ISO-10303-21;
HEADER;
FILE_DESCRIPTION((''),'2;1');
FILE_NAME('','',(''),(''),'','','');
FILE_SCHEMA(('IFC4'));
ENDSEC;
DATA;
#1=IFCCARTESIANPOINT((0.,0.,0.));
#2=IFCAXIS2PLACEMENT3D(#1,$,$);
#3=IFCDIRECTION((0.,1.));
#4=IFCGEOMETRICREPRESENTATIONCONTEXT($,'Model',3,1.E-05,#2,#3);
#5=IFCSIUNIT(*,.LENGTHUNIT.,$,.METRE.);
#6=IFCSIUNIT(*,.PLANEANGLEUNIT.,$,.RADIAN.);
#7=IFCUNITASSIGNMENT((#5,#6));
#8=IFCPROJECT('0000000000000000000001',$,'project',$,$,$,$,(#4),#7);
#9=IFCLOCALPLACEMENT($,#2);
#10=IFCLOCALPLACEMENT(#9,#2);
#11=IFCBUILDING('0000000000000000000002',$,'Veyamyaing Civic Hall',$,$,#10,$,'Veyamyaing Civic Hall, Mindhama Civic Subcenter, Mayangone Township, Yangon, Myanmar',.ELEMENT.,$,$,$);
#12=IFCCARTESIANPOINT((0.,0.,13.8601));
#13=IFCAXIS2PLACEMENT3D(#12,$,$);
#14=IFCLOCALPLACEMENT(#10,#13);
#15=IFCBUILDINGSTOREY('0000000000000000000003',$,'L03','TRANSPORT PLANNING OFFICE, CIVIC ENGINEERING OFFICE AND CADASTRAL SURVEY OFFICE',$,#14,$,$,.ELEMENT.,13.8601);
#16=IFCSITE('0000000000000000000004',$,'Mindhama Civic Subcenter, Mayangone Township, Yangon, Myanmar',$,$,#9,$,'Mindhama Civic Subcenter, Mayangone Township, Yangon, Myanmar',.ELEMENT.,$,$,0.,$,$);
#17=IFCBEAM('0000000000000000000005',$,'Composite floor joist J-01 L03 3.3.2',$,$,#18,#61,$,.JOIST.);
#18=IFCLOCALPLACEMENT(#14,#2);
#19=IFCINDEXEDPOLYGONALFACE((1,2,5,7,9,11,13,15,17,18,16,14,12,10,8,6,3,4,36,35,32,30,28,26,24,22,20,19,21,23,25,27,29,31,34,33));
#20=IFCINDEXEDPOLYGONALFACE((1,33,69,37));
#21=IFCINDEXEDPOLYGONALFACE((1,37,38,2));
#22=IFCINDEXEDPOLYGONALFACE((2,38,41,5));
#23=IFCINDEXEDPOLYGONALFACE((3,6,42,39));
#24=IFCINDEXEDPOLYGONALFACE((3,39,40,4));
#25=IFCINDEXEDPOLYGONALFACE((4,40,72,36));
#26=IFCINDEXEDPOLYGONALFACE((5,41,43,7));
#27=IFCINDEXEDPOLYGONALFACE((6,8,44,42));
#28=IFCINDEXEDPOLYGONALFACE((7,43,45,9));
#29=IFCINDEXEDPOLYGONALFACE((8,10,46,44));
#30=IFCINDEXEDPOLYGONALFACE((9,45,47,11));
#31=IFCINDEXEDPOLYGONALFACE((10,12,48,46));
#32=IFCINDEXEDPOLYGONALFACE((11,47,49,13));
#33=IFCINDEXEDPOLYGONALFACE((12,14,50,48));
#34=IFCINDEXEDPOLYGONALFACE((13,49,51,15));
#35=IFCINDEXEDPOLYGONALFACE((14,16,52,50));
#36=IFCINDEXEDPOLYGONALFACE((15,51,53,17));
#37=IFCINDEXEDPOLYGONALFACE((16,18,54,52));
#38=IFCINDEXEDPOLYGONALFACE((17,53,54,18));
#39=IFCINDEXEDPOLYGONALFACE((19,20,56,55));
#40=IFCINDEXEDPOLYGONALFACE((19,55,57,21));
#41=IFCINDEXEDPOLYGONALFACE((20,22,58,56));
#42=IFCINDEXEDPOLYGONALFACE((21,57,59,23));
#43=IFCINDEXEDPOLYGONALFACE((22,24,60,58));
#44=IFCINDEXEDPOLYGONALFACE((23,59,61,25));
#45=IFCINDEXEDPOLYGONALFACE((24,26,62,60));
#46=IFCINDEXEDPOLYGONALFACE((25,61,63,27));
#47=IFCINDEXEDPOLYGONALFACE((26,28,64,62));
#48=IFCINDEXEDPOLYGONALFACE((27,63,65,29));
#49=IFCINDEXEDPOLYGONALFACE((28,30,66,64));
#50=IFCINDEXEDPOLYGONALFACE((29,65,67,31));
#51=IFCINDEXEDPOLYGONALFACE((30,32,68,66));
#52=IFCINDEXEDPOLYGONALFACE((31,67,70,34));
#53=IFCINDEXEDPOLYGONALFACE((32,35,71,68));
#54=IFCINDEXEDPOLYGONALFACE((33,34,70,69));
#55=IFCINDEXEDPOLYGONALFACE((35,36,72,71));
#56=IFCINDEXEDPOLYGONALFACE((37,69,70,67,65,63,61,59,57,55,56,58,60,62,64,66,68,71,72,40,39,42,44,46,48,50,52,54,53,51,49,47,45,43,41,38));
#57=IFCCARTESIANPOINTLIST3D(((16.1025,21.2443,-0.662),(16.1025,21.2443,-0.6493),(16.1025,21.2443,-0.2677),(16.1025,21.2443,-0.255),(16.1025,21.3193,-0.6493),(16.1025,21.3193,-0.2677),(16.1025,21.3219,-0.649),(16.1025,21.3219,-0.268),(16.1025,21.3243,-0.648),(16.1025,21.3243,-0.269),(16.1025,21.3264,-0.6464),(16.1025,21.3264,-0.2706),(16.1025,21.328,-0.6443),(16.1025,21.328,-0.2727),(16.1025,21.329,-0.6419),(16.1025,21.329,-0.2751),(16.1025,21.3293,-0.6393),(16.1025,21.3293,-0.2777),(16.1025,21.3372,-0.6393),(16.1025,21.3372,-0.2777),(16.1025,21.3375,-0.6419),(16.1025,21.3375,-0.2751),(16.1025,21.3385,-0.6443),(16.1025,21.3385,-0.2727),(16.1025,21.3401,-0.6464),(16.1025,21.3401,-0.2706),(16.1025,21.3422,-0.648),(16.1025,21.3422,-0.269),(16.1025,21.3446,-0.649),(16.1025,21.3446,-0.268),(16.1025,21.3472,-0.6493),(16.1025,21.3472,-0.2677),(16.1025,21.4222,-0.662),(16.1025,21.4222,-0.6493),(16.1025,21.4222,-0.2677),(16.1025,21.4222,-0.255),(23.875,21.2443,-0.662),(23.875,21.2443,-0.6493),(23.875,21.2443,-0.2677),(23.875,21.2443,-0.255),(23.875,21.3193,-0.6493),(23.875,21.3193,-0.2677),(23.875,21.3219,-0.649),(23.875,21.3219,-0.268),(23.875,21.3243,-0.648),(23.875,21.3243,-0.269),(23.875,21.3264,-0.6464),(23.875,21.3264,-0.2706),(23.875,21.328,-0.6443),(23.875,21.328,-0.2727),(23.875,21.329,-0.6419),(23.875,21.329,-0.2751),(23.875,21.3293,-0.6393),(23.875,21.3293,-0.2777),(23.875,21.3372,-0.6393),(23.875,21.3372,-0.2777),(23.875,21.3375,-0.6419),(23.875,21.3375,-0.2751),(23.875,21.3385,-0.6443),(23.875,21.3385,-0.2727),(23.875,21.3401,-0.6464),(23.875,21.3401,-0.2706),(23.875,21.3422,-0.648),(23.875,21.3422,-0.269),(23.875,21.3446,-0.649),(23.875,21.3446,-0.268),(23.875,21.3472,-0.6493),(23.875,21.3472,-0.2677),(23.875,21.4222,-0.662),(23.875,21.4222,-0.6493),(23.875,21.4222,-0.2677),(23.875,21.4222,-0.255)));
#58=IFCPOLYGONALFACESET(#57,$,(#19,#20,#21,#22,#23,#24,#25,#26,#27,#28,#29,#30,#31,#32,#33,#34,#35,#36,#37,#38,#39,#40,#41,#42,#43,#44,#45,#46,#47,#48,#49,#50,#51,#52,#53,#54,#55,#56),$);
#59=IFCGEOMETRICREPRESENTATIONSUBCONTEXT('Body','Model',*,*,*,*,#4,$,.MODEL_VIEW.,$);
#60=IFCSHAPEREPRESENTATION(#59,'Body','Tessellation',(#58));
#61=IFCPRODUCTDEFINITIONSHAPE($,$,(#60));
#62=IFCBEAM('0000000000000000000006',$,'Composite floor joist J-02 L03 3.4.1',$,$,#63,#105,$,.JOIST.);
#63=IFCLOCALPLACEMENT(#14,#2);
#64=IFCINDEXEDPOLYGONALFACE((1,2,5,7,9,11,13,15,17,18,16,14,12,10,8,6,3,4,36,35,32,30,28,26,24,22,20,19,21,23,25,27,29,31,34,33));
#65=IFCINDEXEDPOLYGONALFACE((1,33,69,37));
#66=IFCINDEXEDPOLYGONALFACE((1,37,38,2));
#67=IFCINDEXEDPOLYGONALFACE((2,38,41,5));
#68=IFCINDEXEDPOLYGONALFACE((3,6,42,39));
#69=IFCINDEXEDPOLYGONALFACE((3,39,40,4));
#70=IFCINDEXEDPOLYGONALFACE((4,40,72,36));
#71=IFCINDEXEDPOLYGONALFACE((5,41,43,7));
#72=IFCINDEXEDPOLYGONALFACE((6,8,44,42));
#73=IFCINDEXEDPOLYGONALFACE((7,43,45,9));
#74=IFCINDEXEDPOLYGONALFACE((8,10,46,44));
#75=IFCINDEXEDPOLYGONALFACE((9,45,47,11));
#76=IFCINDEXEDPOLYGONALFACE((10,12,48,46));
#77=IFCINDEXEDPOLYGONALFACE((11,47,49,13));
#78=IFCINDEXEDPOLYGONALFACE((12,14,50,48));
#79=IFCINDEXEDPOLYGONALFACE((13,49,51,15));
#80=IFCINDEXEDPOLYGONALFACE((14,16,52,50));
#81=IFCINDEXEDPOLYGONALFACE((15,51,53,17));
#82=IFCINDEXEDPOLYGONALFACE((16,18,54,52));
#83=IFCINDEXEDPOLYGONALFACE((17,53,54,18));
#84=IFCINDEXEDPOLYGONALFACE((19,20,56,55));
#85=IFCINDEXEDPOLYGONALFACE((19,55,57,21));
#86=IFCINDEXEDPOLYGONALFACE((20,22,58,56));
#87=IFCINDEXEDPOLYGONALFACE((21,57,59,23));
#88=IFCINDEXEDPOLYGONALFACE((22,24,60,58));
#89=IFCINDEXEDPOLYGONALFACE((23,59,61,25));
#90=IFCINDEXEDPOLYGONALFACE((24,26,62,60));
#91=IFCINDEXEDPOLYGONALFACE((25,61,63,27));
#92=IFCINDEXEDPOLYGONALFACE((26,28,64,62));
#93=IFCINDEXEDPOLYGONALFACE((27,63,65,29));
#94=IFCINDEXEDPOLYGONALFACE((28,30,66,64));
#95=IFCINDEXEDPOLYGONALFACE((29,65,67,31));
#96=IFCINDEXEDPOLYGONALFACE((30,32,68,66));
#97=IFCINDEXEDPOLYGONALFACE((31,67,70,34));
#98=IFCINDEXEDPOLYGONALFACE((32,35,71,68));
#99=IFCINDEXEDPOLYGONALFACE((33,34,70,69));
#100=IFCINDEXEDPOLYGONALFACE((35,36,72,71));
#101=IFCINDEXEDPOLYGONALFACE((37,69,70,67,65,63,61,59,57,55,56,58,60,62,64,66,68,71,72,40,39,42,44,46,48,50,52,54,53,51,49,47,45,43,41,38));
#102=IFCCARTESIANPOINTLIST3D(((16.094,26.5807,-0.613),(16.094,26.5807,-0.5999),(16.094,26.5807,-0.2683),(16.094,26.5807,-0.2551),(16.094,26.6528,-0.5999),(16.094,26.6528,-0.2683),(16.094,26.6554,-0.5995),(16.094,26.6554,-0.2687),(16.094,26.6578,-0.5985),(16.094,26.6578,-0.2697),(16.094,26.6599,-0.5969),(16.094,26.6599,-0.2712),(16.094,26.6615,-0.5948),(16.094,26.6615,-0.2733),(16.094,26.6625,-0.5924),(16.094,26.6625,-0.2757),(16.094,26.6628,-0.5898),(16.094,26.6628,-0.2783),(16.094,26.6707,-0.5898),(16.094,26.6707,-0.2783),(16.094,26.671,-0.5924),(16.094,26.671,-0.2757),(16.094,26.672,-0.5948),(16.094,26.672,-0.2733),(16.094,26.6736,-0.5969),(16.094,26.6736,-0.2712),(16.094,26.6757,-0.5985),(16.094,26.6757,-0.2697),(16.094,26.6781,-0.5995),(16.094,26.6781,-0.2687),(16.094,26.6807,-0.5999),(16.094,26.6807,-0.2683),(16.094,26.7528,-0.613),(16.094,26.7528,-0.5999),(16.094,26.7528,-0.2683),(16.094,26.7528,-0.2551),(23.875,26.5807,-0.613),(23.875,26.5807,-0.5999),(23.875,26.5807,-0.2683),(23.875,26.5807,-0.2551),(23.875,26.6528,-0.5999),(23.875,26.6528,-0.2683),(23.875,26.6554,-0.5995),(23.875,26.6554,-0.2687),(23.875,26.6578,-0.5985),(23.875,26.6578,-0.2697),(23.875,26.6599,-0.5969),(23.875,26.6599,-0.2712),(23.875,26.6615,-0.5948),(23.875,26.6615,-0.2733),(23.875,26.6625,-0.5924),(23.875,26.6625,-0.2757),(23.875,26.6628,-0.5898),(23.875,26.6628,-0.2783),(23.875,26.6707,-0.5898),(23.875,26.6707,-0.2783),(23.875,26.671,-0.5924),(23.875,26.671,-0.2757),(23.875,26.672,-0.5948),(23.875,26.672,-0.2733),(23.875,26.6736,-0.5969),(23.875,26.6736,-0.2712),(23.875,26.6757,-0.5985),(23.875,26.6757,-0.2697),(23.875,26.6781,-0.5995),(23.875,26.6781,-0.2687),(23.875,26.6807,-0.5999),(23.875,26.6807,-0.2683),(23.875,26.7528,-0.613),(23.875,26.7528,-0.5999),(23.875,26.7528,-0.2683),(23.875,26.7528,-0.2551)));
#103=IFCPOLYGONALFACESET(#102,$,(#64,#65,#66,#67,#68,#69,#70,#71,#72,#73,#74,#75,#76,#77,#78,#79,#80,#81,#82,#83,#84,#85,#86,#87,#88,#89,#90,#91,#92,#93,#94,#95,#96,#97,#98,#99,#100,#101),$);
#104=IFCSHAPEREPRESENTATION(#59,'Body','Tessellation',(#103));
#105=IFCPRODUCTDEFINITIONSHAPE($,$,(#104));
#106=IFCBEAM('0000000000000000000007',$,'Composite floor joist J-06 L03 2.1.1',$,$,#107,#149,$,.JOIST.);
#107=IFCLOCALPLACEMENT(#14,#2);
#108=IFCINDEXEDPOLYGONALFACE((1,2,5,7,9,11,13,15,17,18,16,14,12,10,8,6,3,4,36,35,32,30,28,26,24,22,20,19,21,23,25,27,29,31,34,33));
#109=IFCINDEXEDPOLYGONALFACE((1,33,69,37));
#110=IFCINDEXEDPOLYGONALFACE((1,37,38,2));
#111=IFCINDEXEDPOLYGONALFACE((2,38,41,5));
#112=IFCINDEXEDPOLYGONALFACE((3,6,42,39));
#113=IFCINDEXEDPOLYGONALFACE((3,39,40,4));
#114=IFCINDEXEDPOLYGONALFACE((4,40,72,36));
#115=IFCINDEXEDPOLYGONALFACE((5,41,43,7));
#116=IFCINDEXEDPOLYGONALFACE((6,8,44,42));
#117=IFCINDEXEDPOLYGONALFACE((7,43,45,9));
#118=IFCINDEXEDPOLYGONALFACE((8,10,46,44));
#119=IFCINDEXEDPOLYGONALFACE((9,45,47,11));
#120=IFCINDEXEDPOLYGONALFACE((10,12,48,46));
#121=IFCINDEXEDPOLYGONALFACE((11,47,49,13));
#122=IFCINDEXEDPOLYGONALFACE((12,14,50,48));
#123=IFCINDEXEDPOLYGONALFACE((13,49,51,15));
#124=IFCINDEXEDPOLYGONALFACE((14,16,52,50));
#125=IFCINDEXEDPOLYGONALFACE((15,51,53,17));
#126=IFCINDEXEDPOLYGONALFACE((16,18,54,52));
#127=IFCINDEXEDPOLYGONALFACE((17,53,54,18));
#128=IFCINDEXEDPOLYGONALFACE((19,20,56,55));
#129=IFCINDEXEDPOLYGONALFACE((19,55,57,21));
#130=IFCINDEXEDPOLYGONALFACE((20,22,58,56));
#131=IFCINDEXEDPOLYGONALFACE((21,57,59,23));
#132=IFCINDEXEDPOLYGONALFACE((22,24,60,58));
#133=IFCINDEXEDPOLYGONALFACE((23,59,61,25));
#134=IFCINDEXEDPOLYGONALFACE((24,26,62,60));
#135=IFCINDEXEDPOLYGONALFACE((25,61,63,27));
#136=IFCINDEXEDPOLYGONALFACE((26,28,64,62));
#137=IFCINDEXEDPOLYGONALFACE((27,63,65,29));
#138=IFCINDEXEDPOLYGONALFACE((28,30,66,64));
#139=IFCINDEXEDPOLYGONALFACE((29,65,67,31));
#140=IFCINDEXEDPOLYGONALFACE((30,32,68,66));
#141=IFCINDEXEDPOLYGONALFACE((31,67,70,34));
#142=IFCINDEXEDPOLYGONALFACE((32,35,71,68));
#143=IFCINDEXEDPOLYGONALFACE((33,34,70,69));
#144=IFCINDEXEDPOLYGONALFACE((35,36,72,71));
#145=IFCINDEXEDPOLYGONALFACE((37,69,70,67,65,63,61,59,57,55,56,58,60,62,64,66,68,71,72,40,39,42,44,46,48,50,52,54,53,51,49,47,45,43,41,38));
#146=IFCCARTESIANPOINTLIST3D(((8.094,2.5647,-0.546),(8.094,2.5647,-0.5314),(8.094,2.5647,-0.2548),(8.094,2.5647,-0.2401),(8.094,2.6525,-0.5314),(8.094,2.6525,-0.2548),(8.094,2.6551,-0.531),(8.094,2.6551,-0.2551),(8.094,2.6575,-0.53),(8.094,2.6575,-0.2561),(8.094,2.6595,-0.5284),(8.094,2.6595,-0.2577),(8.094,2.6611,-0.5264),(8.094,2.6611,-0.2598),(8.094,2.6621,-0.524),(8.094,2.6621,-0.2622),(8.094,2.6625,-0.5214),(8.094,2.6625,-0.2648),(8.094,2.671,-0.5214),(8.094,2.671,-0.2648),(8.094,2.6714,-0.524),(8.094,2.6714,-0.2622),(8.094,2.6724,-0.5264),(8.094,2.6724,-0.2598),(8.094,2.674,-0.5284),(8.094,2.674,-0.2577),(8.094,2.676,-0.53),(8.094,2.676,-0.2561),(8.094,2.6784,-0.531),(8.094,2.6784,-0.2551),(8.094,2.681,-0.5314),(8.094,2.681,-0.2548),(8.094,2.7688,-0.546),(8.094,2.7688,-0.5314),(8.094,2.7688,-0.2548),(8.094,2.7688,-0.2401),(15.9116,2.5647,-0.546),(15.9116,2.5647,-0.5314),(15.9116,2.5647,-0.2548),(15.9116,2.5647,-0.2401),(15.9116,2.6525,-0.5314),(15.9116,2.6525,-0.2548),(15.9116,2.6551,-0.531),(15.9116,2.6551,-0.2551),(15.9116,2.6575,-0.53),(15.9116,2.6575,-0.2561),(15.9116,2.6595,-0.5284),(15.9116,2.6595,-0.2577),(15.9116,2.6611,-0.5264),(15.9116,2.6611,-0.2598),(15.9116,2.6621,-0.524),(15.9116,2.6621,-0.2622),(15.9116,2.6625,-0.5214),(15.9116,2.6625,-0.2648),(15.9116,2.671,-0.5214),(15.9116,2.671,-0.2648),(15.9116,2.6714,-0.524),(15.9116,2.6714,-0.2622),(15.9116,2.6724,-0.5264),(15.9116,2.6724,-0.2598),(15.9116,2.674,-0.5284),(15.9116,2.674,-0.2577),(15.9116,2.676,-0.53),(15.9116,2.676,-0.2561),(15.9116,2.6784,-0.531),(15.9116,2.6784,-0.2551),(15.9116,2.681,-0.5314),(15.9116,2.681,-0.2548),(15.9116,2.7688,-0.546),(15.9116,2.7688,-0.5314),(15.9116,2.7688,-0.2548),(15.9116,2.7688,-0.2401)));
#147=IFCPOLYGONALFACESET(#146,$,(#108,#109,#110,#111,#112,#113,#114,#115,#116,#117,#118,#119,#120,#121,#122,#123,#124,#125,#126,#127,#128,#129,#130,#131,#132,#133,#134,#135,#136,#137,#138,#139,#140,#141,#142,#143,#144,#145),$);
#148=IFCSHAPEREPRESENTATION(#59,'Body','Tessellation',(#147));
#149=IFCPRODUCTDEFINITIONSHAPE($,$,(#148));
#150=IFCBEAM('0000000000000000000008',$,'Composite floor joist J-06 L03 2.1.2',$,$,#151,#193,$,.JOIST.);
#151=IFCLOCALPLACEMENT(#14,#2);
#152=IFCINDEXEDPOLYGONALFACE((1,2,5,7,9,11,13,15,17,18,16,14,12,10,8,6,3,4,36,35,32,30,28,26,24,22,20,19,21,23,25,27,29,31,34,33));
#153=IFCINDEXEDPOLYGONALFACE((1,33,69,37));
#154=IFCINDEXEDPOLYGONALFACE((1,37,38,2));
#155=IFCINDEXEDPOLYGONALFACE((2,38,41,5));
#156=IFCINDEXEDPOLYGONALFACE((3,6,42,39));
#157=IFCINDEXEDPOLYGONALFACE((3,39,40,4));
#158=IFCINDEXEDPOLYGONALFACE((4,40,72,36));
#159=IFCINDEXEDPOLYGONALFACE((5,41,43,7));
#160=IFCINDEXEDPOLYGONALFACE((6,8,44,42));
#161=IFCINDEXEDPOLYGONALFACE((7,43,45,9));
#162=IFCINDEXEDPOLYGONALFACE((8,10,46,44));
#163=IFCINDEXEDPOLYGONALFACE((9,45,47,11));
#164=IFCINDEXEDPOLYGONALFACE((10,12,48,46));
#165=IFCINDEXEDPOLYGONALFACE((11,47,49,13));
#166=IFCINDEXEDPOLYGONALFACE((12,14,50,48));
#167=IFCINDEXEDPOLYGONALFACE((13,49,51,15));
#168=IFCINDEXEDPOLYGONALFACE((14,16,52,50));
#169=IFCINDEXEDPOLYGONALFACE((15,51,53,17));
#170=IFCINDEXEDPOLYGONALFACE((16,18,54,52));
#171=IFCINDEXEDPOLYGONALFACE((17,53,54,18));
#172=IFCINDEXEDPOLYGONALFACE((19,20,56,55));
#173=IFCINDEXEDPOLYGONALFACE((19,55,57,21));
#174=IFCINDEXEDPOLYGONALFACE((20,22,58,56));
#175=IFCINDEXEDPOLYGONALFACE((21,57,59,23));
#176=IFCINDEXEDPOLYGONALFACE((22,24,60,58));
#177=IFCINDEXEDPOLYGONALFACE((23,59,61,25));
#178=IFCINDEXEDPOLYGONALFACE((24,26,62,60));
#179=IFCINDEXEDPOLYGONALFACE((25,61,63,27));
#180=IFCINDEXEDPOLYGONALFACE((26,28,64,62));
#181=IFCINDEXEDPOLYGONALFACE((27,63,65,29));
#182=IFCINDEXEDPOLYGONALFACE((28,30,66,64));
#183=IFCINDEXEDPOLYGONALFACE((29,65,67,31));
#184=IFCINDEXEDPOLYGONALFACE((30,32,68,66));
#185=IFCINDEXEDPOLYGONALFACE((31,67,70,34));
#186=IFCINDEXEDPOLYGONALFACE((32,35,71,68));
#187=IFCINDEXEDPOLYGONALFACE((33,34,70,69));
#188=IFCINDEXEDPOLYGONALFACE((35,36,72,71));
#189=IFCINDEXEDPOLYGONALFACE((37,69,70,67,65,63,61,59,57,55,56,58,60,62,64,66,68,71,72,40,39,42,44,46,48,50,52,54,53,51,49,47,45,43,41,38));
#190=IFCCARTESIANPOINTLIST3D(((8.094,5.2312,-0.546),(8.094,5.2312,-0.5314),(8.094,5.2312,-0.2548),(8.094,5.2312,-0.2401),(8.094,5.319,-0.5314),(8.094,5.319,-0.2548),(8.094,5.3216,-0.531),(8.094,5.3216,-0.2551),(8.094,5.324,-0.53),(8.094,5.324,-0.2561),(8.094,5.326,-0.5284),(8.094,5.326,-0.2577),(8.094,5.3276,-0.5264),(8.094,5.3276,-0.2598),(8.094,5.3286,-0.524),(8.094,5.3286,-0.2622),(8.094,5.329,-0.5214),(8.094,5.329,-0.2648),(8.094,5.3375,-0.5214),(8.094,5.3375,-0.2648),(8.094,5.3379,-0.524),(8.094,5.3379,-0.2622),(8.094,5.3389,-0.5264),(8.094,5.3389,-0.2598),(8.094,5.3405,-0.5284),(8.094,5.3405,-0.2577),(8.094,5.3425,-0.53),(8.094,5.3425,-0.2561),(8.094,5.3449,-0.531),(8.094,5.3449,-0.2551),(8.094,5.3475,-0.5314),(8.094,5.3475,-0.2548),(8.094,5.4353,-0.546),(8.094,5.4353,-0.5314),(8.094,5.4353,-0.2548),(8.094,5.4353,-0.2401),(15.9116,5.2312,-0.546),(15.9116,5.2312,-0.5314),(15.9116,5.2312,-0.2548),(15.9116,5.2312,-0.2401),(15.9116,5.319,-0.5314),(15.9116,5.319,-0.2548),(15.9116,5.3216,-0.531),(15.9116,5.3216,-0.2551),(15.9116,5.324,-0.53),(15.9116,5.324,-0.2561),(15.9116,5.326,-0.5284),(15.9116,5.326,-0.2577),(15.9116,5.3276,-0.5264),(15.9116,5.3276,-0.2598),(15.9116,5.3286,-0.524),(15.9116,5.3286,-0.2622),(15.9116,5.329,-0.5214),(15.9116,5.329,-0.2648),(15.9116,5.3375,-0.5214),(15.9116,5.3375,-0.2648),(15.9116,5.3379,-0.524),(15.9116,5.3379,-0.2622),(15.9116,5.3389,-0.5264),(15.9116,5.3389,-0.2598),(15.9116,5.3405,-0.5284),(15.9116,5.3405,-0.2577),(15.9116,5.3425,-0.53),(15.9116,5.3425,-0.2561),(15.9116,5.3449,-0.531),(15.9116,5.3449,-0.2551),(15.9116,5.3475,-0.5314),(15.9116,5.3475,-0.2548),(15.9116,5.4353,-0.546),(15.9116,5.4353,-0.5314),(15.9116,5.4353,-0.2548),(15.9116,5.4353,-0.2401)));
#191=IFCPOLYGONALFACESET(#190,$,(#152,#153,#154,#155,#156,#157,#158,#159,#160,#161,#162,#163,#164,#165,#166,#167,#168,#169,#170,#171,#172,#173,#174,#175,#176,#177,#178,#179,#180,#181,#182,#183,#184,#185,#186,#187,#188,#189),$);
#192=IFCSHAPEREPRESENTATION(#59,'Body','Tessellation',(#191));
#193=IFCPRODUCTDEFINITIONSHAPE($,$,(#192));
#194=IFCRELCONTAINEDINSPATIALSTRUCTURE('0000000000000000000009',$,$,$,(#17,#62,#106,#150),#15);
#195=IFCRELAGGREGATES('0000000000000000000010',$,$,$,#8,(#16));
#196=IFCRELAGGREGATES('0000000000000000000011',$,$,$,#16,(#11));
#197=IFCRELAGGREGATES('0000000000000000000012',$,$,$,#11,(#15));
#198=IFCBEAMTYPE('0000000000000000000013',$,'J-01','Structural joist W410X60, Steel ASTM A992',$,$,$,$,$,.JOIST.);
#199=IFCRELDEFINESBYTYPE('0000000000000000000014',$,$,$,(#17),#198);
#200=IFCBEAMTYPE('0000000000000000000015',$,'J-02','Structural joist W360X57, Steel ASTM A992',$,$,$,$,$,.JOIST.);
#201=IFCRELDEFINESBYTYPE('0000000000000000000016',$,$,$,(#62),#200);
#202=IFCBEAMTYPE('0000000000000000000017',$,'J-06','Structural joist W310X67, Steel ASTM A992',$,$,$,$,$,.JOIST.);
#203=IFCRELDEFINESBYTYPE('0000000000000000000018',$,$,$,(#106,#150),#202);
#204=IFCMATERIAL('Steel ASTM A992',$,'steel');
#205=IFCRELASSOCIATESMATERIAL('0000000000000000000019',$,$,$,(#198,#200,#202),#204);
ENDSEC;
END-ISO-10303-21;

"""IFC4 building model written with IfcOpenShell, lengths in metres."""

from ifc_helpers import new_model, si_unit, direction, frame, origin, origin_2d, place, context, subcontext, project, spatial, i_section, extrude, material, material_profile, profile_set, type_object, element, save


model = new_model("IFC4")

# Units and contexts
model_context = context("Model", 3, precision=1e-05, world=origin(), true_north=direction((0.0, 1.0)))
body_context = subcontext(model_context, "Body", "Model", "MODEL_VIEW")
ifc_project = project(units=[si_unit("LENGTHUNIT", "METRE"), si_unit("PLANEANGLEUNIT", "RADIAN")], contexts=[model_context])

# Site, building, storey
site_placement = place(None, origin())
site = spatial("IfcSite", under=ifc_project, at=site_placement, Name="Mindhama Civic Subcenter, Mayangone Township, Yangon, Myanmar", LongName="Mindhama Civic Subcenter, Mayangone Township, Yangon, Myanmar", CompositionType="ELEMENT", RefElevation=0.0)
building_placement = place(site_placement, origin())
building = spatial("IfcBuilding", under=site, at=building_placement, Name="Veyamyaing Civic Hall", LongName="Veyamyaing Civic Hall, Mindhama Civic Subcenter, Mayangone Township, Yangon, Myanmar", CompositionType="ELEMENT")
storey_placement = place(building_placement, frame((0.0, 0.0, 13.8601)))
storey = spatial("IfcBuildingStorey", under=building, at=storey_placement, Name="L03", Description="TRANSPORT PLANNING OFFICE, CIVIC ENGINEERING OFFICE AND CADASTRAL SURVEY OFFICE", CompositionType="ELEMENT", Elevation=13.8601)

# Beams
ifc_material_1 = material(Name="Steel ASTM A992", Category="steel")
ifc_material_profile_1 = material_profile(ifc_material_1, i_section(OverallWidth=0.178, OverallDepth=0.407, WebThickness=0.0078, FlangeThickness=0.0127, FilletRadius=0.01, at=origin_2d()), Name="W410X60")
ifc_profile_set_1 = profile_set([ifc_material_profile_1], Name="Steel ASTM A992")
beam_type_1 = type_object("IfcBeamType", Name="J-01", Description="Structural joist W410X60, Steel ASTM A992", PredefinedType="JOIST", material=ifc_profile_set_1)
for number, where, z_axis, x_axis, name in (
    (1, (16.1025, 21.3333, -0.4585), (1.0, 0.0, 0.0), (0.0, 1.0, 0.0), "Composite floor joist J-01 L03 3.3.2"),
):
    element("IfcBeam", number, at=place(storey_placement, frame(where, z_axis=z_axis, x_axis=x_axis)), inside=storey, type_object=beam_type_1, Name=name, PredefinedType="JOIST", context=body_context, shape_type="SweptSolid", body=[
        extrude(i_section(OverallWidth=0.178, OverallDepth=0.407, WebThickness=0.0078, FlangeThickness=0.0127, FilletRadius=0.01, at=origin_2d()), origin(), (0.0, 0.0, 1.0), 7.7725),
    ])
ifc_material_profile_2 = material_profile(ifc_material_1, i_section(OverallWidth=0.1721, OverallDepth=0.3579, WebThickness=0.0078, FlangeThickness=0.0132, FilletRadius=0.01, at=origin_2d()), Name="W360X57")
ifc_profile_set_2 = profile_set([ifc_material_profile_2], Name="Steel ASTM A992")
beam_type_2 = type_object("IfcBeamType", Name="J-02", Description="Structural joist W360X57, Steel ASTM A992", PredefinedType="JOIST", material=ifc_profile_set_2)
beam_1_placement = place(storey_placement, frame((16.094, 26.6667, -0.4341), z_axis=(1.0, 0.0, 0.0), x_axis=(0.0, 1.0, 0.0)))
element("IfcBeam", 2, at=beam_1_placement, inside=storey, type_object=beam_type_2, Name="Composite floor joist J-02 L03 3.4.1", PredefinedType="JOIST", context=body_context, shape_type="SweptSolid", body=[
    extrude(i_section(OverallWidth=0.1721, OverallDepth=0.3579, WebThickness=0.0078, FlangeThickness=0.0132, FilletRadius=0.01, at=origin_2d()), origin(), (0.0, 0.0, 1.0), 7.781),
])
ifc_material_profile_3 = material_profile(ifc_material_1, i_section(OverallWidth=0.2041, OverallDepth=0.3059, WebThickness=0.0085, FlangeThickness=0.0146, FilletRadius=0.01, at=origin_2d()), Name="W310X67")
ifc_profile_set_3 = profile_set([ifc_material_profile_3], Name="Steel ASTM A992")
beam_type_3 = type_object("IfcBeamType", Name="J-06", Description="Structural joist W310X67, Steel ASTM A992", PredefinedType="JOIST", material=ifc_profile_set_3)
for number, where, z_axis, x_axis, name in (
    (3, (8.094, 2.6667, -0.3931), (1.0, 0.0, 0.0), (0.0, 1.0, 0.0), "Composite floor joist J-06 L03 2.1.1"),
    (4, (8.094, 5.3333, -0.3931), (1.0, 0.0, 0.0), (0.0, 1.0, 0.0), "Composite floor joist J-06 L03 2.1.2"),
):
    element("IfcBeam", number, at=place(storey_placement, frame(where, z_axis=z_axis, x_axis=x_axis)), inside=storey, type_object=beam_type_3, Name=name, PredefinedType="JOIST", context=body_context, shape_type="SweptSolid", body=[
        extrude(i_section(OverallWidth=0.2041, OverallDepth=0.3059, WebThickness=0.0085, FlangeThickness=0.0146, FilletRadius=0.01, at=origin_2d()), origin(), (0.0, 0.0, 1.0), 7.8176),
    ])

save(model, "model.ifc")
